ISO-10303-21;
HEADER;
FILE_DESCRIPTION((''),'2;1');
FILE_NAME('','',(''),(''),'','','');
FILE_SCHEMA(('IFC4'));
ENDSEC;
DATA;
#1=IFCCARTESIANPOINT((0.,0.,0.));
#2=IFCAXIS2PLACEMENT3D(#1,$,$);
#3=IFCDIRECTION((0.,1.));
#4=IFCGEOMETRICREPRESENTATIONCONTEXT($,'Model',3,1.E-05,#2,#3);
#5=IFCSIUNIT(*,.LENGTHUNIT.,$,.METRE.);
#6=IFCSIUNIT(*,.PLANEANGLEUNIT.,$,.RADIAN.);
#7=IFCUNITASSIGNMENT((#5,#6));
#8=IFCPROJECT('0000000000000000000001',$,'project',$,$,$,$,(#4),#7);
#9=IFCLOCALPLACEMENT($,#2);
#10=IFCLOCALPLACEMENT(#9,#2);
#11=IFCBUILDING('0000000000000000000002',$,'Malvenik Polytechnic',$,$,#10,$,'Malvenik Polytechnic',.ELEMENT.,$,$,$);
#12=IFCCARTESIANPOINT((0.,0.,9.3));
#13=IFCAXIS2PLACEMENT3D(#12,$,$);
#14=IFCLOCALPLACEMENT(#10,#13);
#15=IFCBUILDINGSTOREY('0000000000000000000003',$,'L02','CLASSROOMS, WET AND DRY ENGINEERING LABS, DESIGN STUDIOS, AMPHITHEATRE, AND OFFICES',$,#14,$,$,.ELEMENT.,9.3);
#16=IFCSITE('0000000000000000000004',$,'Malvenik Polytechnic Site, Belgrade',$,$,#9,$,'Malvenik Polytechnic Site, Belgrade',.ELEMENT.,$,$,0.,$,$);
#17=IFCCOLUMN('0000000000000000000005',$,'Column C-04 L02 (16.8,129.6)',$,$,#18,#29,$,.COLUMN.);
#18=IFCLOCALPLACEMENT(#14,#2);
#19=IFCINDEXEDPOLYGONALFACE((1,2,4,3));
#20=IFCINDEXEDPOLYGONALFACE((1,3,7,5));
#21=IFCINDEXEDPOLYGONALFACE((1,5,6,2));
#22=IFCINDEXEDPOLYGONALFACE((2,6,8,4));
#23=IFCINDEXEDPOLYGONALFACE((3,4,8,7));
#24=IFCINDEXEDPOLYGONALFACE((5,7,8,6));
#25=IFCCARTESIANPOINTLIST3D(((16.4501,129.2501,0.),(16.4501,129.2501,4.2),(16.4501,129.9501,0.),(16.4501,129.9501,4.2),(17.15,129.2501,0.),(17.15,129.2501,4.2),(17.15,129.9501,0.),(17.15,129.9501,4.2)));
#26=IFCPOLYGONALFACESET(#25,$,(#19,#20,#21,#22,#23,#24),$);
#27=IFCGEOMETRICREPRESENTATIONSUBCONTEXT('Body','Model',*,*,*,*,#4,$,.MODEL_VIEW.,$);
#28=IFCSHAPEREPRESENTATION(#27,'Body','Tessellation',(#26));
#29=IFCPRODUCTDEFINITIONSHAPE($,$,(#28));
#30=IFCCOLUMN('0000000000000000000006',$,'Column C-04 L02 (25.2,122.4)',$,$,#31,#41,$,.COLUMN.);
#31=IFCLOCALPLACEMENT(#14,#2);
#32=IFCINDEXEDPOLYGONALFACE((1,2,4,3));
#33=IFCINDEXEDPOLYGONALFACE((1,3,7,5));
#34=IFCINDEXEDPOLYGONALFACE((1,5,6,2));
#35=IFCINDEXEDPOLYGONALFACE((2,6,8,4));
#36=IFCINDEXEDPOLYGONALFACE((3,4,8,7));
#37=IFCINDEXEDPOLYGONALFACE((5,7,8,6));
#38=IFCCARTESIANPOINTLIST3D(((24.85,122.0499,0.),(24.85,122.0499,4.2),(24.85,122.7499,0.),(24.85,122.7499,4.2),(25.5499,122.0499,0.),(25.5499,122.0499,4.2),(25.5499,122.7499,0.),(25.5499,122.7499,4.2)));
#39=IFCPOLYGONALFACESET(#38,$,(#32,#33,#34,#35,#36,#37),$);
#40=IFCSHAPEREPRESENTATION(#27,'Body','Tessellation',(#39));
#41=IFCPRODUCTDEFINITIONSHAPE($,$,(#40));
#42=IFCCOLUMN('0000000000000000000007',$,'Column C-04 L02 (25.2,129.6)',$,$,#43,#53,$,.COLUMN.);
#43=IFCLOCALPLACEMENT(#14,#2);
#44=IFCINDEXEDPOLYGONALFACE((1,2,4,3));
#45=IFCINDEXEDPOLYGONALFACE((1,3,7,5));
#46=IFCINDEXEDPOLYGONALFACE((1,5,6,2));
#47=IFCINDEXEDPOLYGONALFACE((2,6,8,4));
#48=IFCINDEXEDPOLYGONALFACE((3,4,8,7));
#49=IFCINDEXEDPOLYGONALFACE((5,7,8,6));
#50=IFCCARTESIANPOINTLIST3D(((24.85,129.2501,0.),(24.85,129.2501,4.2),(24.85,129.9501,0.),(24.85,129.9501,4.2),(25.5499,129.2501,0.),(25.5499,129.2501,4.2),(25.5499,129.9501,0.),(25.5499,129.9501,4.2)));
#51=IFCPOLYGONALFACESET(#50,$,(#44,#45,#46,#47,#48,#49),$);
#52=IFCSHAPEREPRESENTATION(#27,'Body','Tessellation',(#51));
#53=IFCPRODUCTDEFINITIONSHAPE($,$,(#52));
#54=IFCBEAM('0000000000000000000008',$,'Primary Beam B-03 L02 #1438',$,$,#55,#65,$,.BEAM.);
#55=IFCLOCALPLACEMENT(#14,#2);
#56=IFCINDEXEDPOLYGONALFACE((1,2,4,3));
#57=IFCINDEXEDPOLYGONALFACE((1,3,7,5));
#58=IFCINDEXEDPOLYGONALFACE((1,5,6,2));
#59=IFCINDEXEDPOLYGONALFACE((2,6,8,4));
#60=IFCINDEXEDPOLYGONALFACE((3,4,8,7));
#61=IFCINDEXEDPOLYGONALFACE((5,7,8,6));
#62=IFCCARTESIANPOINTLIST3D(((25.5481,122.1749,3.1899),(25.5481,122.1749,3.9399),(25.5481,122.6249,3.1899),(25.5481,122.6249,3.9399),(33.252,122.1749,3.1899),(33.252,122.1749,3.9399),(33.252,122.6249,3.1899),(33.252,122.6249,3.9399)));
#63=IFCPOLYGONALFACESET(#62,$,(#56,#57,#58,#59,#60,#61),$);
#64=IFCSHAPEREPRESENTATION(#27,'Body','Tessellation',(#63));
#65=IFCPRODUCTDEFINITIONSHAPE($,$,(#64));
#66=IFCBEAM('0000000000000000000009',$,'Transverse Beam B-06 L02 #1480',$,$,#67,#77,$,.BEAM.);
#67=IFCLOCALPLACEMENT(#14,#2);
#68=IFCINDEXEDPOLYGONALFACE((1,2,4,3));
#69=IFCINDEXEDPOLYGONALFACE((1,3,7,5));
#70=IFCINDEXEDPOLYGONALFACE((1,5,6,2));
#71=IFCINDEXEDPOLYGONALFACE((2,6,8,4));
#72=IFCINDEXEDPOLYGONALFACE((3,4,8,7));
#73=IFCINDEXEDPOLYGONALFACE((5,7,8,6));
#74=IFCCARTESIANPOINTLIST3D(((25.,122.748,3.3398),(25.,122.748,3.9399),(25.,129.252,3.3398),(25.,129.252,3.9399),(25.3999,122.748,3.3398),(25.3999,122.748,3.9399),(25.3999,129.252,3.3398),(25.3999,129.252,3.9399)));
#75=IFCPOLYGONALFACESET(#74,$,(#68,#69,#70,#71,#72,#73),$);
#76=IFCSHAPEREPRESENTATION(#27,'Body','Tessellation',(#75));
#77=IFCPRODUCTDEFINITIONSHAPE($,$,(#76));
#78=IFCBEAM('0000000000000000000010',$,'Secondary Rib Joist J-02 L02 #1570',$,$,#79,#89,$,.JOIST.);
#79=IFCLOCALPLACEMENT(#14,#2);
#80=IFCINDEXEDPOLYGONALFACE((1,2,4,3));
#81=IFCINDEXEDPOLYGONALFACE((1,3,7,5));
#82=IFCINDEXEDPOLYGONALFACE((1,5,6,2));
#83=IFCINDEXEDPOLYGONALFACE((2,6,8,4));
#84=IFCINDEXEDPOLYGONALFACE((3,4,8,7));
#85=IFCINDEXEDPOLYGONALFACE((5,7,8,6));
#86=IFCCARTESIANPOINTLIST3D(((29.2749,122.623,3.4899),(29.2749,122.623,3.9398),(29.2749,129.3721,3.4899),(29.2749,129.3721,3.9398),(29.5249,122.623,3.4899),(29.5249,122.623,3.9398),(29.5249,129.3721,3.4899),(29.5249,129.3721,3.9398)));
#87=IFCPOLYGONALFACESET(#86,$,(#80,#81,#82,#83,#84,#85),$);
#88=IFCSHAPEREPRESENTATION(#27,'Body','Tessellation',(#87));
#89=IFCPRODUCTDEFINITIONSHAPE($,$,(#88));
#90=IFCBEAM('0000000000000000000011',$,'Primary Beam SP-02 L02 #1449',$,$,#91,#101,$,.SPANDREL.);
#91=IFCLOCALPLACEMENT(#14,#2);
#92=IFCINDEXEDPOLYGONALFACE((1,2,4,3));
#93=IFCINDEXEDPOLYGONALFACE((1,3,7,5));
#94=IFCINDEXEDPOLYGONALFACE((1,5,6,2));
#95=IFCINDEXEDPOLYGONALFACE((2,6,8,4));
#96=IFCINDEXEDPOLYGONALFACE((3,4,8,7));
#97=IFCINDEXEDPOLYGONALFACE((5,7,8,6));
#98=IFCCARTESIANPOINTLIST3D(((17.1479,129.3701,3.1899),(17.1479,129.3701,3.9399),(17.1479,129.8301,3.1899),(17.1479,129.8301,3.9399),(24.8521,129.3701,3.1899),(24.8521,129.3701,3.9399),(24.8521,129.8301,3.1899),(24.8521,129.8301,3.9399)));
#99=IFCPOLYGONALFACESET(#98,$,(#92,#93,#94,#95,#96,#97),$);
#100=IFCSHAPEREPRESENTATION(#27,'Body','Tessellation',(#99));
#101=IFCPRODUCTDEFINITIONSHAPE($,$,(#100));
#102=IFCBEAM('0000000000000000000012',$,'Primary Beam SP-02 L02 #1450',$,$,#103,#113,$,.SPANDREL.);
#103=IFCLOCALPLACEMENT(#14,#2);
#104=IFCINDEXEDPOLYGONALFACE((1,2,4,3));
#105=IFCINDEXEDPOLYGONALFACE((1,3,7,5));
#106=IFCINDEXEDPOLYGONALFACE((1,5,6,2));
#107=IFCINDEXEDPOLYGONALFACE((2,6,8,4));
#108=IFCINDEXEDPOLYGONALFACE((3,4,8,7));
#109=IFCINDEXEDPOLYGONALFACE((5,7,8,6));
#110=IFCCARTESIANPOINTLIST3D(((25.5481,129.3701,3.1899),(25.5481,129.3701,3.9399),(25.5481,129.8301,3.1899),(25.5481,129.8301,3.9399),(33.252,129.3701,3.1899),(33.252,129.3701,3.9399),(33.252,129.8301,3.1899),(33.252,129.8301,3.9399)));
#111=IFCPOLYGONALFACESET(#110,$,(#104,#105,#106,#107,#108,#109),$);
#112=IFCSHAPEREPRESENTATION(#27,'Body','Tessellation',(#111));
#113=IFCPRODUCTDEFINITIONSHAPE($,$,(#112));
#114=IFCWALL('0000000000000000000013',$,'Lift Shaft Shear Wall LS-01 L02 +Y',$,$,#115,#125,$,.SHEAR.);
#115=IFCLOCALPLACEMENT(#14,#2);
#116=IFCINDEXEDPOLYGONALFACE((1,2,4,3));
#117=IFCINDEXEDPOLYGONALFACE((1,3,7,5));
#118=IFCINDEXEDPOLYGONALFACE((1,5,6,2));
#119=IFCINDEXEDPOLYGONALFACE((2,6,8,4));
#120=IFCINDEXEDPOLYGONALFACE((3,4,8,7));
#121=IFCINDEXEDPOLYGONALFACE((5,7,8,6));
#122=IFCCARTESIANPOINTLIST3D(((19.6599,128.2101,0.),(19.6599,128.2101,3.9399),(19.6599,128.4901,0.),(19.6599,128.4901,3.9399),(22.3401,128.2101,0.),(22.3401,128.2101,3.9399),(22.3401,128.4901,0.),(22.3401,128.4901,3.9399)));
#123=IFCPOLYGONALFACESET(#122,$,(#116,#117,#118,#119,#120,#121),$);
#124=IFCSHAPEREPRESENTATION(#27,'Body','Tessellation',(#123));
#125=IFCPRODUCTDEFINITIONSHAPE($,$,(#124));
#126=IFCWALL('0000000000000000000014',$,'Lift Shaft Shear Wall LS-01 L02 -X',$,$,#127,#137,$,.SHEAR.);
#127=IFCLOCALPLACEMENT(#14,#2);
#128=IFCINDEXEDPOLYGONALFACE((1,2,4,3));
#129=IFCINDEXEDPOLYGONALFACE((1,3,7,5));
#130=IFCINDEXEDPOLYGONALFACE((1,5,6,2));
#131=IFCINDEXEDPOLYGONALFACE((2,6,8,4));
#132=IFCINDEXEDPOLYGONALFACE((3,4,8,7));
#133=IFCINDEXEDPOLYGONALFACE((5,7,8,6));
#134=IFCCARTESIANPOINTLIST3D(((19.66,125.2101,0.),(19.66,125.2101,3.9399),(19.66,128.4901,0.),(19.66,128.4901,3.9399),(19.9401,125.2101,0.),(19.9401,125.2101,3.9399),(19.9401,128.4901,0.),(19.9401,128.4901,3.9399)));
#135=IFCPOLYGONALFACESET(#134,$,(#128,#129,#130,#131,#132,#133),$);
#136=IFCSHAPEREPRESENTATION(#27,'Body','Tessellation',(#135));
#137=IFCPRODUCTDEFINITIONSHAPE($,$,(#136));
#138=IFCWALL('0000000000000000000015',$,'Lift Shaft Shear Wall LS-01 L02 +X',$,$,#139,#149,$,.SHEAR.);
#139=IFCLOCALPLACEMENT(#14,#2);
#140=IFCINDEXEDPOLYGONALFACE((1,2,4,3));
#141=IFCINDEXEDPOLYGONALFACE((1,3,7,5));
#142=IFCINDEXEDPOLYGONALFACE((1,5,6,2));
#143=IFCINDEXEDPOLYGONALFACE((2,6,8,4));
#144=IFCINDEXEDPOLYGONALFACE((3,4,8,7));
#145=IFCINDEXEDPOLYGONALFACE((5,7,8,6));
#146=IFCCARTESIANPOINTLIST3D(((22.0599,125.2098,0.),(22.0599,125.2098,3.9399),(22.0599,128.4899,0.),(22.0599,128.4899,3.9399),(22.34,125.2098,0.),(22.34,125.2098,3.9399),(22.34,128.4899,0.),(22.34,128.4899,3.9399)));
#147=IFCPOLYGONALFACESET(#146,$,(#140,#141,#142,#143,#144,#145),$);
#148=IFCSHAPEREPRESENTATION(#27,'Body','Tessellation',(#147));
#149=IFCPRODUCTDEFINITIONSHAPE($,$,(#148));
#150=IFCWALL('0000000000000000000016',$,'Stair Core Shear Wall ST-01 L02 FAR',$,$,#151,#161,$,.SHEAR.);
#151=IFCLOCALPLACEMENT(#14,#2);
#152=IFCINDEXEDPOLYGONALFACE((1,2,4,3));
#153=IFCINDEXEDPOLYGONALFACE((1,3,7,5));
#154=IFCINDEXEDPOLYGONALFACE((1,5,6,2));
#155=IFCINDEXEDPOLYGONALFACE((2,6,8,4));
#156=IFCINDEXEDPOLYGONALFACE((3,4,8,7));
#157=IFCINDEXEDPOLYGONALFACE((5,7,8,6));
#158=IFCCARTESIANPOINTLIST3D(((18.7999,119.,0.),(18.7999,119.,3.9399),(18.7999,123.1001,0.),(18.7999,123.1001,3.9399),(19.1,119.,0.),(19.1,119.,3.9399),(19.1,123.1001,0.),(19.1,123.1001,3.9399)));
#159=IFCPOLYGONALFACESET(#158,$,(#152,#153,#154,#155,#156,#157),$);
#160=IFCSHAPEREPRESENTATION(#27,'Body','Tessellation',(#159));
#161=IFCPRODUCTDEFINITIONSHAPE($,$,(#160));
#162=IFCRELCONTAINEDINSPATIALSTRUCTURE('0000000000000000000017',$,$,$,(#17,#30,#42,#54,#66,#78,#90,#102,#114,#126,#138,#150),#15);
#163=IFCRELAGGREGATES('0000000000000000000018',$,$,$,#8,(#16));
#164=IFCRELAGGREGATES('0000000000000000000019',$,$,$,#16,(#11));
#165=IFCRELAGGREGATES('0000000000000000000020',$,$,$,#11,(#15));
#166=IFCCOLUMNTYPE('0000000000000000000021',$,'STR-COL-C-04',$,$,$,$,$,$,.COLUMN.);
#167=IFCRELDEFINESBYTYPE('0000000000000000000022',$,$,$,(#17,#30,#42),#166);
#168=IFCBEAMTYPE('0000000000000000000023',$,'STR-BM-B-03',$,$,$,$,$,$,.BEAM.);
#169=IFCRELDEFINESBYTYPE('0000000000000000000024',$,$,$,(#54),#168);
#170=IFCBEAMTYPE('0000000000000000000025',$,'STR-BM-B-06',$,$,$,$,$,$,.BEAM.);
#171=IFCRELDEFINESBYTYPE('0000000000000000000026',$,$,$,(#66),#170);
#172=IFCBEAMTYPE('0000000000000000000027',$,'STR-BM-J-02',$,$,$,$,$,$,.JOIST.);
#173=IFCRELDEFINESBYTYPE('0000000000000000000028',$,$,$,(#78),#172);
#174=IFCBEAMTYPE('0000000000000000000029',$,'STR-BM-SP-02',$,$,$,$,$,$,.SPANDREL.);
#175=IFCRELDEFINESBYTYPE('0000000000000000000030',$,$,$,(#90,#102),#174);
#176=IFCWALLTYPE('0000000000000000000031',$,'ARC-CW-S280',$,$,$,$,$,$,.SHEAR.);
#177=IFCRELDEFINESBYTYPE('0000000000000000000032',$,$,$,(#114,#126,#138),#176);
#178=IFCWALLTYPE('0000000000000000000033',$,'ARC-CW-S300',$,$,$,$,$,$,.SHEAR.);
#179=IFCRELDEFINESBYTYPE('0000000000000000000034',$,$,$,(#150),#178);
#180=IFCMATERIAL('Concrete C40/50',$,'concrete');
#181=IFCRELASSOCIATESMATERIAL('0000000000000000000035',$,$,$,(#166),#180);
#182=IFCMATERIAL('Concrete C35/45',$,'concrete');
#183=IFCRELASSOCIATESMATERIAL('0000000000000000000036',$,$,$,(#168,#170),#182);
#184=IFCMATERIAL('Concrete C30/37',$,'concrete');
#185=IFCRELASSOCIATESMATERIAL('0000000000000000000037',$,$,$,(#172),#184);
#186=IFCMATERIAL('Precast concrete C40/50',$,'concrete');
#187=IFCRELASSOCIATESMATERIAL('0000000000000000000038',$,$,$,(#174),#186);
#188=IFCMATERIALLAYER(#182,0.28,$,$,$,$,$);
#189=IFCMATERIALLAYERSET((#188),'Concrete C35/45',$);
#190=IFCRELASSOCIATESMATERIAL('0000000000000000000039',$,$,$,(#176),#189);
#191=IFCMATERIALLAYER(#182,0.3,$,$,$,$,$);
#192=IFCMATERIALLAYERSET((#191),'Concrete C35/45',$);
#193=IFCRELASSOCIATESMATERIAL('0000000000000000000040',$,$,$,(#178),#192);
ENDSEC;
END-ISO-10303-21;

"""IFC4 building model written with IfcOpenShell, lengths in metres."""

from ifc_helpers import new_model, si_unit, direction, frame, frame_2d, origin, origin_2d, place, context, subcontext, project, spatial, rectangle, extrude, material, layer, layer_set, material_profile, profile_set, type_object, element, save


model = new_model("IFC4")

# Units and contexts
model_context = context("Model", 3, precision=1e-05, world=origin(), true_north=direction((0.0, 1.0)))
body_context = subcontext(model_context, "Body", "Model", "MODEL_VIEW")
ifc_project = project(units=[si_unit("LENGTHUNIT", "METRE"), si_unit("PLANEANGLEUNIT", "RADIAN")], contexts=[model_context])

# Site, building, storey
site_placement = place(None, origin())
site = spatial("IfcSite", under=ifc_project, at=site_placement, Name="Malvenik Polytechnic Site, Belgrade", LongName="Malvenik Polytechnic Site, Belgrade", CompositionType="ELEMENT", RefElevation=0.0)
building_placement = place(site_placement, origin())
building = spatial("IfcBuilding", under=site, at=building_placement, Name="Malvenik Polytechnic", LongName="Malvenik Polytechnic", CompositionType="ELEMENT")
storey_placement = place(building_placement, frame((0.0, 0.0, 9.3)))
storey = spatial("IfcBuildingStorey", under=building, at=storey_placement, Name="L02", Description="CLASSROOMS, WET AND DRY ENGINEERING LABS, DESIGN STUDIOS, AMPHITHEATRE, AND OFFICES", CompositionType="ELEMENT", Elevation=9.3)

# Columns
ifc_material_1 = material(Name="Concrete C40/50", Category="concrete")
ifc_material_profile_1 = material_profile(ifc_material_1, rectangle(XDim=0.7, YDim=0.7, at=origin_2d()), Name="RC COL 700x700")
ifc_profile_set_1 = profile_set([ifc_material_profile_1], Name="Concrete C40/50")
column_type = type_object("IfcColumnType", Name="STR-COL-C-04", PredefinedType="COLUMN", material=ifc_profile_set_1)
for number, where, z_axis, x_axis, name in (
    (1, (16.8, 129.6001, 0.0), (0.0, 0.0, 1.0), (1.0, 0.0, 0.0), "Column C-04 L02 (16.8,129.6)"),
    (2, (25.2, 122.3999, 0.0), (0.0, 0.0, 1.0), (1.0, 0.0, 0.0), "Column C-04 L02 (25.2,122.4)"),
    (3, (25.2, 129.6001, 0.0), (0.0, 0.0, 1.0), (1.0, 0.0, 0.0), "Column C-04 L02 (25.2,129.6)"),
):
    element("IfcColumn", number, at=place(storey_placement, frame(where, z_axis=z_axis, x_axis=x_axis)), inside=storey, type_object=column_type, Name=name, PredefinedType="COLUMN", context=body_context, shape_type="SweptSolid", body=[
        extrude(rectangle(XDim=0.7, YDim=0.7, at=origin_2d()), origin(), (0.0, 0.0, 1.0), 4.2),
    ])

# Beams
ifc_material_2 = material(Name="Concrete C35/45", Category="concrete")
ifc_material_profile_2 = material_profile(ifc_material_2, rectangle(XDim=0.45, YDim=0.75, at=origin_2d()), Name="RC BM 450x750")
ifc_profile_set_2 = profile_set([ifc_material_profile_2], Name="Concrete C35/45")
beam_type_1 = type_object("IfcBeamType", Name="STR-BM-B-03", PredefinedType="BEAM", material=ifc_profile_set_2)
beam_1_placement = place(storey_placement, frame((25.5481, 122.3999, 3.5649), z_axis=(1.0, 0.0, 0.0), x_axis=(0.0, 1.0, 0.0)))
element("IfcBeam", 4, at=beam_1_placement, inside=storey, type_object=beam_type_1, Name="Primary Beam B-03 L02 #1438", PredefinedType="BEAM", context=body_context, shape_type="SweptSolid", body=[
    extrude(rectangle(XDim=0.45, YDim=0.75, at=origin_2d()), origin(), (0.0, 0.0, 1.0), 7.7039),
])
ifc_material_profile_3 = material_profile(ifc_material_2, rectangle(XDim=0.3999, YDim=0.6001, at=origin_2d()), Name="RC BM 400x600")
ifc_profile_set_3 = profile_set([ifc_material_profile_3], Name="Concrete C35/45")
beam_type_2 = type_object("IfcBeamType", Name="STR-BM-B-06", PredefinedType="BEAM", material=ifc_profile_set_3)
beam_2_placement = place(storey_placement, frame((25.2, 122.748, 3.6399), z_axis=(0.0, 1.0, 0.0), x_axis=(-1.0, 0.0, 0.0)))
element("IfcBeam", 5, at=beam_2_placement, inside=storey, type_object=beam_type_2, Name="Transverse Beam B-06 L02 #1480", PredefinedType="BEAM", context=body_context, shape_type="SweptSolid", body=[
    extrude(rectangle(XDim=0.3999, YDim=0.6001, at=origin_2d()), origin(), (0.0, 0.0, 1.0), 6.5039),
])
ifc_material_3 = material(Name="Concrete C30/37", Category="concrete")
ifc_material_profile_4 = material_profile(ifc_material_3, rectangle(XDim=0.25, YDim=0.45, at=origin_2d()), Name="RC JST 250x450")
ifc_profile_set_4 = profile_set([ifc_material_profile_4], Name="Concrete C30/37")
beam_type_3 = type_object("IfcBeamType", Name="STR-BM-J-02", PredefinedType="JOIST", material=ifc_profile_set_4)
beam_3_placement = place(storey_placement, frame((29.3999, 122.623, 3.7148), z_axis=(0.0, 1.0, 0.0), x_axis=(-1.0, 0.0, 0.0)))
element("IfcBeam", 6, at=beam_3_placement, inside=storey, type_object=beam_type_3, Name="Secondary Rib Joist J-02 L02 #1570", PredefinedType="JOIST", context=body_context, shape_type="SweptSolid", body=[
    extrude(rectangle(XDim=0.25, YDim=0.45, at=origin_2d()), origin(), (0.0, 0.0, 1.0), 6.749),
])
ifc_material_4 = material(Name="Precast concrete C40/50", Category="concrete")
ifc_material_profile_5 = material_profile(ifc_material_4, rectangle(XDim=0.46, YDim=0.75, at=origin_2d()), Name="PC SPN 460x750")
ifc_profile_set_5 = profile_set([ifc_material_profile_5], Name="Precast concrete C40/50")
beam_type_4 = type_object("IfcBeamType", Name="STR-BM-SP-02", PredefinedType="SPANDREL", material=ifc_profile_set_5)
beam_4_placement = place(storey_placement, frame((17.1479, 129.6001, 3.5649), z_axis=(1.0, 0.0, 0.0), x_axis=(0.0, 1.0, 0.0)))
element("IfcBeam", 7, at=beam_4_placement, inside=storey, type_object=beam_type_4, Name="Primary Beam SP-02 L02 #1449", PredefinedType="SPANDREL", context=body_context, shape_type="SweptSolid", body=[
    extrude(rectangle(XDim=0.46, YDim=0.75, at=origin_2d()), origin(), (0.0, 0.0, 1.0), 7.7041),
])
beam_5_placement = place(storey_placement, frame((25.5481, 129.6001, 3.5649), z_axis=(1.0, 0.0, 0.0), x_axis=(0.0, 1.0, 0.0)))
element("IfcBeam", 8, at=beam_5_placement, inside=storey, type_object=beam_type_4, Name="Primary Beam SP-02 L02 #1450", PredefinedType="SPANDREL", context=body_context, shape_type="SweptSolid", body=[
    extrude(rectangle(XDim=0.46, YDim=0.75, at=origin_2d()), origin(), (0.0, 0.0, 1.0), 7.7039),
])

# Shared definitions
ifc_layer_1 = layer(ifc_material_2, 0.28)
ifc_layer_set_1 = layer_set([ifc_layer_1], Name="Concrete C35/45")
wall_type_1 = type_object("IfcWallType", Name="ARC-CW-S280", PredefinedType="SHEAR", material=ifc_layer_set_1)

# Walls
wall_1_placement = place(storey_placement, frame((19.6599, 128.3501, 0.0), z_axis=(0.0, 0.0, 1.0), x_axis=(1.0, 0.0, 0.0)))
element("IfcWall", 9, at=wall_1_placement, inside=storey, type_object=wall_type_1, Name="Lift Shaft Shear Wall LS-01 L02 +Y", PredefinedType="SHEAR", context=body_context, shape_type="SweptSolid", body=[
    extrude(rectangle(XDim=2.6802, YDim=0.28, at=frame_2d((1.3401, 0.0))), origin(), (0.0, 0.0, 1.0), 3.9399),
])
for number, where, z_axis, x_axis, name in (
    (10, (19.8, 125.21, 0.0), (0.0, 0.0, 1.0), (0.0, 1.0, 0.0), "Lift Shaft Shear Wall LS-01 L02 -X"),
    (11, (22.2, 128.49, 0.0), (0.0, 0.0, 1.0), (0.0, -1.0, 0.0), "Lift Shaft Shear Wall LS-01 L02 +X"),
):
    element("IfcWall", number, at=place(storey_placement, frame(where, z_axis=z_axis, x_axis=x_axis)), inside=storey, type_object=wall_type_1, Name=name, PredefinedType="SHEAR", context=body_context, shape_type="SweptSolid", body=[
        extrude(rectangle(XDim=3.28, YDim=0.28, at=frame_2d((1.6401, 0.0))), origin(), (0.0, 0.0, 1.0), 3.9399),
    ])
ifc_layer_2 = layer(ifc_material_2, 0.3)
ifc_layer_set_2 = layer_set([ifc_layer_2], Name="Concrete C35/45")
wall_type_2 = type_object("IfcWallType", Name="ARC-CW-S300", PredefinedType="SHEAR", material=ifc_layer_set_2)
wall_2_placement = place(storey_placement, frame((18.95, 123.1001, 0.0), z_axis=(0.0, 0.0, 1.0), x_axis=(0.0, -1.0, 0.0)))
element("IfcWall", 12, at=wall_2_placement, inside=storey, type_object=wall_type_2, Name="Stair Core Shear Wall ST-01 L02 FAR", PredefinedType="SHEAR", context=body_context, shape_type="SweptSolid", body=[
    extrude(rectangle(XDim=4.1001, YDim=0.3, at=frame_2d((2.05, 0.0))), origin(), (0.0, 0.0, 1.0), 3.9399),
])

save(model, "model.ifc")
